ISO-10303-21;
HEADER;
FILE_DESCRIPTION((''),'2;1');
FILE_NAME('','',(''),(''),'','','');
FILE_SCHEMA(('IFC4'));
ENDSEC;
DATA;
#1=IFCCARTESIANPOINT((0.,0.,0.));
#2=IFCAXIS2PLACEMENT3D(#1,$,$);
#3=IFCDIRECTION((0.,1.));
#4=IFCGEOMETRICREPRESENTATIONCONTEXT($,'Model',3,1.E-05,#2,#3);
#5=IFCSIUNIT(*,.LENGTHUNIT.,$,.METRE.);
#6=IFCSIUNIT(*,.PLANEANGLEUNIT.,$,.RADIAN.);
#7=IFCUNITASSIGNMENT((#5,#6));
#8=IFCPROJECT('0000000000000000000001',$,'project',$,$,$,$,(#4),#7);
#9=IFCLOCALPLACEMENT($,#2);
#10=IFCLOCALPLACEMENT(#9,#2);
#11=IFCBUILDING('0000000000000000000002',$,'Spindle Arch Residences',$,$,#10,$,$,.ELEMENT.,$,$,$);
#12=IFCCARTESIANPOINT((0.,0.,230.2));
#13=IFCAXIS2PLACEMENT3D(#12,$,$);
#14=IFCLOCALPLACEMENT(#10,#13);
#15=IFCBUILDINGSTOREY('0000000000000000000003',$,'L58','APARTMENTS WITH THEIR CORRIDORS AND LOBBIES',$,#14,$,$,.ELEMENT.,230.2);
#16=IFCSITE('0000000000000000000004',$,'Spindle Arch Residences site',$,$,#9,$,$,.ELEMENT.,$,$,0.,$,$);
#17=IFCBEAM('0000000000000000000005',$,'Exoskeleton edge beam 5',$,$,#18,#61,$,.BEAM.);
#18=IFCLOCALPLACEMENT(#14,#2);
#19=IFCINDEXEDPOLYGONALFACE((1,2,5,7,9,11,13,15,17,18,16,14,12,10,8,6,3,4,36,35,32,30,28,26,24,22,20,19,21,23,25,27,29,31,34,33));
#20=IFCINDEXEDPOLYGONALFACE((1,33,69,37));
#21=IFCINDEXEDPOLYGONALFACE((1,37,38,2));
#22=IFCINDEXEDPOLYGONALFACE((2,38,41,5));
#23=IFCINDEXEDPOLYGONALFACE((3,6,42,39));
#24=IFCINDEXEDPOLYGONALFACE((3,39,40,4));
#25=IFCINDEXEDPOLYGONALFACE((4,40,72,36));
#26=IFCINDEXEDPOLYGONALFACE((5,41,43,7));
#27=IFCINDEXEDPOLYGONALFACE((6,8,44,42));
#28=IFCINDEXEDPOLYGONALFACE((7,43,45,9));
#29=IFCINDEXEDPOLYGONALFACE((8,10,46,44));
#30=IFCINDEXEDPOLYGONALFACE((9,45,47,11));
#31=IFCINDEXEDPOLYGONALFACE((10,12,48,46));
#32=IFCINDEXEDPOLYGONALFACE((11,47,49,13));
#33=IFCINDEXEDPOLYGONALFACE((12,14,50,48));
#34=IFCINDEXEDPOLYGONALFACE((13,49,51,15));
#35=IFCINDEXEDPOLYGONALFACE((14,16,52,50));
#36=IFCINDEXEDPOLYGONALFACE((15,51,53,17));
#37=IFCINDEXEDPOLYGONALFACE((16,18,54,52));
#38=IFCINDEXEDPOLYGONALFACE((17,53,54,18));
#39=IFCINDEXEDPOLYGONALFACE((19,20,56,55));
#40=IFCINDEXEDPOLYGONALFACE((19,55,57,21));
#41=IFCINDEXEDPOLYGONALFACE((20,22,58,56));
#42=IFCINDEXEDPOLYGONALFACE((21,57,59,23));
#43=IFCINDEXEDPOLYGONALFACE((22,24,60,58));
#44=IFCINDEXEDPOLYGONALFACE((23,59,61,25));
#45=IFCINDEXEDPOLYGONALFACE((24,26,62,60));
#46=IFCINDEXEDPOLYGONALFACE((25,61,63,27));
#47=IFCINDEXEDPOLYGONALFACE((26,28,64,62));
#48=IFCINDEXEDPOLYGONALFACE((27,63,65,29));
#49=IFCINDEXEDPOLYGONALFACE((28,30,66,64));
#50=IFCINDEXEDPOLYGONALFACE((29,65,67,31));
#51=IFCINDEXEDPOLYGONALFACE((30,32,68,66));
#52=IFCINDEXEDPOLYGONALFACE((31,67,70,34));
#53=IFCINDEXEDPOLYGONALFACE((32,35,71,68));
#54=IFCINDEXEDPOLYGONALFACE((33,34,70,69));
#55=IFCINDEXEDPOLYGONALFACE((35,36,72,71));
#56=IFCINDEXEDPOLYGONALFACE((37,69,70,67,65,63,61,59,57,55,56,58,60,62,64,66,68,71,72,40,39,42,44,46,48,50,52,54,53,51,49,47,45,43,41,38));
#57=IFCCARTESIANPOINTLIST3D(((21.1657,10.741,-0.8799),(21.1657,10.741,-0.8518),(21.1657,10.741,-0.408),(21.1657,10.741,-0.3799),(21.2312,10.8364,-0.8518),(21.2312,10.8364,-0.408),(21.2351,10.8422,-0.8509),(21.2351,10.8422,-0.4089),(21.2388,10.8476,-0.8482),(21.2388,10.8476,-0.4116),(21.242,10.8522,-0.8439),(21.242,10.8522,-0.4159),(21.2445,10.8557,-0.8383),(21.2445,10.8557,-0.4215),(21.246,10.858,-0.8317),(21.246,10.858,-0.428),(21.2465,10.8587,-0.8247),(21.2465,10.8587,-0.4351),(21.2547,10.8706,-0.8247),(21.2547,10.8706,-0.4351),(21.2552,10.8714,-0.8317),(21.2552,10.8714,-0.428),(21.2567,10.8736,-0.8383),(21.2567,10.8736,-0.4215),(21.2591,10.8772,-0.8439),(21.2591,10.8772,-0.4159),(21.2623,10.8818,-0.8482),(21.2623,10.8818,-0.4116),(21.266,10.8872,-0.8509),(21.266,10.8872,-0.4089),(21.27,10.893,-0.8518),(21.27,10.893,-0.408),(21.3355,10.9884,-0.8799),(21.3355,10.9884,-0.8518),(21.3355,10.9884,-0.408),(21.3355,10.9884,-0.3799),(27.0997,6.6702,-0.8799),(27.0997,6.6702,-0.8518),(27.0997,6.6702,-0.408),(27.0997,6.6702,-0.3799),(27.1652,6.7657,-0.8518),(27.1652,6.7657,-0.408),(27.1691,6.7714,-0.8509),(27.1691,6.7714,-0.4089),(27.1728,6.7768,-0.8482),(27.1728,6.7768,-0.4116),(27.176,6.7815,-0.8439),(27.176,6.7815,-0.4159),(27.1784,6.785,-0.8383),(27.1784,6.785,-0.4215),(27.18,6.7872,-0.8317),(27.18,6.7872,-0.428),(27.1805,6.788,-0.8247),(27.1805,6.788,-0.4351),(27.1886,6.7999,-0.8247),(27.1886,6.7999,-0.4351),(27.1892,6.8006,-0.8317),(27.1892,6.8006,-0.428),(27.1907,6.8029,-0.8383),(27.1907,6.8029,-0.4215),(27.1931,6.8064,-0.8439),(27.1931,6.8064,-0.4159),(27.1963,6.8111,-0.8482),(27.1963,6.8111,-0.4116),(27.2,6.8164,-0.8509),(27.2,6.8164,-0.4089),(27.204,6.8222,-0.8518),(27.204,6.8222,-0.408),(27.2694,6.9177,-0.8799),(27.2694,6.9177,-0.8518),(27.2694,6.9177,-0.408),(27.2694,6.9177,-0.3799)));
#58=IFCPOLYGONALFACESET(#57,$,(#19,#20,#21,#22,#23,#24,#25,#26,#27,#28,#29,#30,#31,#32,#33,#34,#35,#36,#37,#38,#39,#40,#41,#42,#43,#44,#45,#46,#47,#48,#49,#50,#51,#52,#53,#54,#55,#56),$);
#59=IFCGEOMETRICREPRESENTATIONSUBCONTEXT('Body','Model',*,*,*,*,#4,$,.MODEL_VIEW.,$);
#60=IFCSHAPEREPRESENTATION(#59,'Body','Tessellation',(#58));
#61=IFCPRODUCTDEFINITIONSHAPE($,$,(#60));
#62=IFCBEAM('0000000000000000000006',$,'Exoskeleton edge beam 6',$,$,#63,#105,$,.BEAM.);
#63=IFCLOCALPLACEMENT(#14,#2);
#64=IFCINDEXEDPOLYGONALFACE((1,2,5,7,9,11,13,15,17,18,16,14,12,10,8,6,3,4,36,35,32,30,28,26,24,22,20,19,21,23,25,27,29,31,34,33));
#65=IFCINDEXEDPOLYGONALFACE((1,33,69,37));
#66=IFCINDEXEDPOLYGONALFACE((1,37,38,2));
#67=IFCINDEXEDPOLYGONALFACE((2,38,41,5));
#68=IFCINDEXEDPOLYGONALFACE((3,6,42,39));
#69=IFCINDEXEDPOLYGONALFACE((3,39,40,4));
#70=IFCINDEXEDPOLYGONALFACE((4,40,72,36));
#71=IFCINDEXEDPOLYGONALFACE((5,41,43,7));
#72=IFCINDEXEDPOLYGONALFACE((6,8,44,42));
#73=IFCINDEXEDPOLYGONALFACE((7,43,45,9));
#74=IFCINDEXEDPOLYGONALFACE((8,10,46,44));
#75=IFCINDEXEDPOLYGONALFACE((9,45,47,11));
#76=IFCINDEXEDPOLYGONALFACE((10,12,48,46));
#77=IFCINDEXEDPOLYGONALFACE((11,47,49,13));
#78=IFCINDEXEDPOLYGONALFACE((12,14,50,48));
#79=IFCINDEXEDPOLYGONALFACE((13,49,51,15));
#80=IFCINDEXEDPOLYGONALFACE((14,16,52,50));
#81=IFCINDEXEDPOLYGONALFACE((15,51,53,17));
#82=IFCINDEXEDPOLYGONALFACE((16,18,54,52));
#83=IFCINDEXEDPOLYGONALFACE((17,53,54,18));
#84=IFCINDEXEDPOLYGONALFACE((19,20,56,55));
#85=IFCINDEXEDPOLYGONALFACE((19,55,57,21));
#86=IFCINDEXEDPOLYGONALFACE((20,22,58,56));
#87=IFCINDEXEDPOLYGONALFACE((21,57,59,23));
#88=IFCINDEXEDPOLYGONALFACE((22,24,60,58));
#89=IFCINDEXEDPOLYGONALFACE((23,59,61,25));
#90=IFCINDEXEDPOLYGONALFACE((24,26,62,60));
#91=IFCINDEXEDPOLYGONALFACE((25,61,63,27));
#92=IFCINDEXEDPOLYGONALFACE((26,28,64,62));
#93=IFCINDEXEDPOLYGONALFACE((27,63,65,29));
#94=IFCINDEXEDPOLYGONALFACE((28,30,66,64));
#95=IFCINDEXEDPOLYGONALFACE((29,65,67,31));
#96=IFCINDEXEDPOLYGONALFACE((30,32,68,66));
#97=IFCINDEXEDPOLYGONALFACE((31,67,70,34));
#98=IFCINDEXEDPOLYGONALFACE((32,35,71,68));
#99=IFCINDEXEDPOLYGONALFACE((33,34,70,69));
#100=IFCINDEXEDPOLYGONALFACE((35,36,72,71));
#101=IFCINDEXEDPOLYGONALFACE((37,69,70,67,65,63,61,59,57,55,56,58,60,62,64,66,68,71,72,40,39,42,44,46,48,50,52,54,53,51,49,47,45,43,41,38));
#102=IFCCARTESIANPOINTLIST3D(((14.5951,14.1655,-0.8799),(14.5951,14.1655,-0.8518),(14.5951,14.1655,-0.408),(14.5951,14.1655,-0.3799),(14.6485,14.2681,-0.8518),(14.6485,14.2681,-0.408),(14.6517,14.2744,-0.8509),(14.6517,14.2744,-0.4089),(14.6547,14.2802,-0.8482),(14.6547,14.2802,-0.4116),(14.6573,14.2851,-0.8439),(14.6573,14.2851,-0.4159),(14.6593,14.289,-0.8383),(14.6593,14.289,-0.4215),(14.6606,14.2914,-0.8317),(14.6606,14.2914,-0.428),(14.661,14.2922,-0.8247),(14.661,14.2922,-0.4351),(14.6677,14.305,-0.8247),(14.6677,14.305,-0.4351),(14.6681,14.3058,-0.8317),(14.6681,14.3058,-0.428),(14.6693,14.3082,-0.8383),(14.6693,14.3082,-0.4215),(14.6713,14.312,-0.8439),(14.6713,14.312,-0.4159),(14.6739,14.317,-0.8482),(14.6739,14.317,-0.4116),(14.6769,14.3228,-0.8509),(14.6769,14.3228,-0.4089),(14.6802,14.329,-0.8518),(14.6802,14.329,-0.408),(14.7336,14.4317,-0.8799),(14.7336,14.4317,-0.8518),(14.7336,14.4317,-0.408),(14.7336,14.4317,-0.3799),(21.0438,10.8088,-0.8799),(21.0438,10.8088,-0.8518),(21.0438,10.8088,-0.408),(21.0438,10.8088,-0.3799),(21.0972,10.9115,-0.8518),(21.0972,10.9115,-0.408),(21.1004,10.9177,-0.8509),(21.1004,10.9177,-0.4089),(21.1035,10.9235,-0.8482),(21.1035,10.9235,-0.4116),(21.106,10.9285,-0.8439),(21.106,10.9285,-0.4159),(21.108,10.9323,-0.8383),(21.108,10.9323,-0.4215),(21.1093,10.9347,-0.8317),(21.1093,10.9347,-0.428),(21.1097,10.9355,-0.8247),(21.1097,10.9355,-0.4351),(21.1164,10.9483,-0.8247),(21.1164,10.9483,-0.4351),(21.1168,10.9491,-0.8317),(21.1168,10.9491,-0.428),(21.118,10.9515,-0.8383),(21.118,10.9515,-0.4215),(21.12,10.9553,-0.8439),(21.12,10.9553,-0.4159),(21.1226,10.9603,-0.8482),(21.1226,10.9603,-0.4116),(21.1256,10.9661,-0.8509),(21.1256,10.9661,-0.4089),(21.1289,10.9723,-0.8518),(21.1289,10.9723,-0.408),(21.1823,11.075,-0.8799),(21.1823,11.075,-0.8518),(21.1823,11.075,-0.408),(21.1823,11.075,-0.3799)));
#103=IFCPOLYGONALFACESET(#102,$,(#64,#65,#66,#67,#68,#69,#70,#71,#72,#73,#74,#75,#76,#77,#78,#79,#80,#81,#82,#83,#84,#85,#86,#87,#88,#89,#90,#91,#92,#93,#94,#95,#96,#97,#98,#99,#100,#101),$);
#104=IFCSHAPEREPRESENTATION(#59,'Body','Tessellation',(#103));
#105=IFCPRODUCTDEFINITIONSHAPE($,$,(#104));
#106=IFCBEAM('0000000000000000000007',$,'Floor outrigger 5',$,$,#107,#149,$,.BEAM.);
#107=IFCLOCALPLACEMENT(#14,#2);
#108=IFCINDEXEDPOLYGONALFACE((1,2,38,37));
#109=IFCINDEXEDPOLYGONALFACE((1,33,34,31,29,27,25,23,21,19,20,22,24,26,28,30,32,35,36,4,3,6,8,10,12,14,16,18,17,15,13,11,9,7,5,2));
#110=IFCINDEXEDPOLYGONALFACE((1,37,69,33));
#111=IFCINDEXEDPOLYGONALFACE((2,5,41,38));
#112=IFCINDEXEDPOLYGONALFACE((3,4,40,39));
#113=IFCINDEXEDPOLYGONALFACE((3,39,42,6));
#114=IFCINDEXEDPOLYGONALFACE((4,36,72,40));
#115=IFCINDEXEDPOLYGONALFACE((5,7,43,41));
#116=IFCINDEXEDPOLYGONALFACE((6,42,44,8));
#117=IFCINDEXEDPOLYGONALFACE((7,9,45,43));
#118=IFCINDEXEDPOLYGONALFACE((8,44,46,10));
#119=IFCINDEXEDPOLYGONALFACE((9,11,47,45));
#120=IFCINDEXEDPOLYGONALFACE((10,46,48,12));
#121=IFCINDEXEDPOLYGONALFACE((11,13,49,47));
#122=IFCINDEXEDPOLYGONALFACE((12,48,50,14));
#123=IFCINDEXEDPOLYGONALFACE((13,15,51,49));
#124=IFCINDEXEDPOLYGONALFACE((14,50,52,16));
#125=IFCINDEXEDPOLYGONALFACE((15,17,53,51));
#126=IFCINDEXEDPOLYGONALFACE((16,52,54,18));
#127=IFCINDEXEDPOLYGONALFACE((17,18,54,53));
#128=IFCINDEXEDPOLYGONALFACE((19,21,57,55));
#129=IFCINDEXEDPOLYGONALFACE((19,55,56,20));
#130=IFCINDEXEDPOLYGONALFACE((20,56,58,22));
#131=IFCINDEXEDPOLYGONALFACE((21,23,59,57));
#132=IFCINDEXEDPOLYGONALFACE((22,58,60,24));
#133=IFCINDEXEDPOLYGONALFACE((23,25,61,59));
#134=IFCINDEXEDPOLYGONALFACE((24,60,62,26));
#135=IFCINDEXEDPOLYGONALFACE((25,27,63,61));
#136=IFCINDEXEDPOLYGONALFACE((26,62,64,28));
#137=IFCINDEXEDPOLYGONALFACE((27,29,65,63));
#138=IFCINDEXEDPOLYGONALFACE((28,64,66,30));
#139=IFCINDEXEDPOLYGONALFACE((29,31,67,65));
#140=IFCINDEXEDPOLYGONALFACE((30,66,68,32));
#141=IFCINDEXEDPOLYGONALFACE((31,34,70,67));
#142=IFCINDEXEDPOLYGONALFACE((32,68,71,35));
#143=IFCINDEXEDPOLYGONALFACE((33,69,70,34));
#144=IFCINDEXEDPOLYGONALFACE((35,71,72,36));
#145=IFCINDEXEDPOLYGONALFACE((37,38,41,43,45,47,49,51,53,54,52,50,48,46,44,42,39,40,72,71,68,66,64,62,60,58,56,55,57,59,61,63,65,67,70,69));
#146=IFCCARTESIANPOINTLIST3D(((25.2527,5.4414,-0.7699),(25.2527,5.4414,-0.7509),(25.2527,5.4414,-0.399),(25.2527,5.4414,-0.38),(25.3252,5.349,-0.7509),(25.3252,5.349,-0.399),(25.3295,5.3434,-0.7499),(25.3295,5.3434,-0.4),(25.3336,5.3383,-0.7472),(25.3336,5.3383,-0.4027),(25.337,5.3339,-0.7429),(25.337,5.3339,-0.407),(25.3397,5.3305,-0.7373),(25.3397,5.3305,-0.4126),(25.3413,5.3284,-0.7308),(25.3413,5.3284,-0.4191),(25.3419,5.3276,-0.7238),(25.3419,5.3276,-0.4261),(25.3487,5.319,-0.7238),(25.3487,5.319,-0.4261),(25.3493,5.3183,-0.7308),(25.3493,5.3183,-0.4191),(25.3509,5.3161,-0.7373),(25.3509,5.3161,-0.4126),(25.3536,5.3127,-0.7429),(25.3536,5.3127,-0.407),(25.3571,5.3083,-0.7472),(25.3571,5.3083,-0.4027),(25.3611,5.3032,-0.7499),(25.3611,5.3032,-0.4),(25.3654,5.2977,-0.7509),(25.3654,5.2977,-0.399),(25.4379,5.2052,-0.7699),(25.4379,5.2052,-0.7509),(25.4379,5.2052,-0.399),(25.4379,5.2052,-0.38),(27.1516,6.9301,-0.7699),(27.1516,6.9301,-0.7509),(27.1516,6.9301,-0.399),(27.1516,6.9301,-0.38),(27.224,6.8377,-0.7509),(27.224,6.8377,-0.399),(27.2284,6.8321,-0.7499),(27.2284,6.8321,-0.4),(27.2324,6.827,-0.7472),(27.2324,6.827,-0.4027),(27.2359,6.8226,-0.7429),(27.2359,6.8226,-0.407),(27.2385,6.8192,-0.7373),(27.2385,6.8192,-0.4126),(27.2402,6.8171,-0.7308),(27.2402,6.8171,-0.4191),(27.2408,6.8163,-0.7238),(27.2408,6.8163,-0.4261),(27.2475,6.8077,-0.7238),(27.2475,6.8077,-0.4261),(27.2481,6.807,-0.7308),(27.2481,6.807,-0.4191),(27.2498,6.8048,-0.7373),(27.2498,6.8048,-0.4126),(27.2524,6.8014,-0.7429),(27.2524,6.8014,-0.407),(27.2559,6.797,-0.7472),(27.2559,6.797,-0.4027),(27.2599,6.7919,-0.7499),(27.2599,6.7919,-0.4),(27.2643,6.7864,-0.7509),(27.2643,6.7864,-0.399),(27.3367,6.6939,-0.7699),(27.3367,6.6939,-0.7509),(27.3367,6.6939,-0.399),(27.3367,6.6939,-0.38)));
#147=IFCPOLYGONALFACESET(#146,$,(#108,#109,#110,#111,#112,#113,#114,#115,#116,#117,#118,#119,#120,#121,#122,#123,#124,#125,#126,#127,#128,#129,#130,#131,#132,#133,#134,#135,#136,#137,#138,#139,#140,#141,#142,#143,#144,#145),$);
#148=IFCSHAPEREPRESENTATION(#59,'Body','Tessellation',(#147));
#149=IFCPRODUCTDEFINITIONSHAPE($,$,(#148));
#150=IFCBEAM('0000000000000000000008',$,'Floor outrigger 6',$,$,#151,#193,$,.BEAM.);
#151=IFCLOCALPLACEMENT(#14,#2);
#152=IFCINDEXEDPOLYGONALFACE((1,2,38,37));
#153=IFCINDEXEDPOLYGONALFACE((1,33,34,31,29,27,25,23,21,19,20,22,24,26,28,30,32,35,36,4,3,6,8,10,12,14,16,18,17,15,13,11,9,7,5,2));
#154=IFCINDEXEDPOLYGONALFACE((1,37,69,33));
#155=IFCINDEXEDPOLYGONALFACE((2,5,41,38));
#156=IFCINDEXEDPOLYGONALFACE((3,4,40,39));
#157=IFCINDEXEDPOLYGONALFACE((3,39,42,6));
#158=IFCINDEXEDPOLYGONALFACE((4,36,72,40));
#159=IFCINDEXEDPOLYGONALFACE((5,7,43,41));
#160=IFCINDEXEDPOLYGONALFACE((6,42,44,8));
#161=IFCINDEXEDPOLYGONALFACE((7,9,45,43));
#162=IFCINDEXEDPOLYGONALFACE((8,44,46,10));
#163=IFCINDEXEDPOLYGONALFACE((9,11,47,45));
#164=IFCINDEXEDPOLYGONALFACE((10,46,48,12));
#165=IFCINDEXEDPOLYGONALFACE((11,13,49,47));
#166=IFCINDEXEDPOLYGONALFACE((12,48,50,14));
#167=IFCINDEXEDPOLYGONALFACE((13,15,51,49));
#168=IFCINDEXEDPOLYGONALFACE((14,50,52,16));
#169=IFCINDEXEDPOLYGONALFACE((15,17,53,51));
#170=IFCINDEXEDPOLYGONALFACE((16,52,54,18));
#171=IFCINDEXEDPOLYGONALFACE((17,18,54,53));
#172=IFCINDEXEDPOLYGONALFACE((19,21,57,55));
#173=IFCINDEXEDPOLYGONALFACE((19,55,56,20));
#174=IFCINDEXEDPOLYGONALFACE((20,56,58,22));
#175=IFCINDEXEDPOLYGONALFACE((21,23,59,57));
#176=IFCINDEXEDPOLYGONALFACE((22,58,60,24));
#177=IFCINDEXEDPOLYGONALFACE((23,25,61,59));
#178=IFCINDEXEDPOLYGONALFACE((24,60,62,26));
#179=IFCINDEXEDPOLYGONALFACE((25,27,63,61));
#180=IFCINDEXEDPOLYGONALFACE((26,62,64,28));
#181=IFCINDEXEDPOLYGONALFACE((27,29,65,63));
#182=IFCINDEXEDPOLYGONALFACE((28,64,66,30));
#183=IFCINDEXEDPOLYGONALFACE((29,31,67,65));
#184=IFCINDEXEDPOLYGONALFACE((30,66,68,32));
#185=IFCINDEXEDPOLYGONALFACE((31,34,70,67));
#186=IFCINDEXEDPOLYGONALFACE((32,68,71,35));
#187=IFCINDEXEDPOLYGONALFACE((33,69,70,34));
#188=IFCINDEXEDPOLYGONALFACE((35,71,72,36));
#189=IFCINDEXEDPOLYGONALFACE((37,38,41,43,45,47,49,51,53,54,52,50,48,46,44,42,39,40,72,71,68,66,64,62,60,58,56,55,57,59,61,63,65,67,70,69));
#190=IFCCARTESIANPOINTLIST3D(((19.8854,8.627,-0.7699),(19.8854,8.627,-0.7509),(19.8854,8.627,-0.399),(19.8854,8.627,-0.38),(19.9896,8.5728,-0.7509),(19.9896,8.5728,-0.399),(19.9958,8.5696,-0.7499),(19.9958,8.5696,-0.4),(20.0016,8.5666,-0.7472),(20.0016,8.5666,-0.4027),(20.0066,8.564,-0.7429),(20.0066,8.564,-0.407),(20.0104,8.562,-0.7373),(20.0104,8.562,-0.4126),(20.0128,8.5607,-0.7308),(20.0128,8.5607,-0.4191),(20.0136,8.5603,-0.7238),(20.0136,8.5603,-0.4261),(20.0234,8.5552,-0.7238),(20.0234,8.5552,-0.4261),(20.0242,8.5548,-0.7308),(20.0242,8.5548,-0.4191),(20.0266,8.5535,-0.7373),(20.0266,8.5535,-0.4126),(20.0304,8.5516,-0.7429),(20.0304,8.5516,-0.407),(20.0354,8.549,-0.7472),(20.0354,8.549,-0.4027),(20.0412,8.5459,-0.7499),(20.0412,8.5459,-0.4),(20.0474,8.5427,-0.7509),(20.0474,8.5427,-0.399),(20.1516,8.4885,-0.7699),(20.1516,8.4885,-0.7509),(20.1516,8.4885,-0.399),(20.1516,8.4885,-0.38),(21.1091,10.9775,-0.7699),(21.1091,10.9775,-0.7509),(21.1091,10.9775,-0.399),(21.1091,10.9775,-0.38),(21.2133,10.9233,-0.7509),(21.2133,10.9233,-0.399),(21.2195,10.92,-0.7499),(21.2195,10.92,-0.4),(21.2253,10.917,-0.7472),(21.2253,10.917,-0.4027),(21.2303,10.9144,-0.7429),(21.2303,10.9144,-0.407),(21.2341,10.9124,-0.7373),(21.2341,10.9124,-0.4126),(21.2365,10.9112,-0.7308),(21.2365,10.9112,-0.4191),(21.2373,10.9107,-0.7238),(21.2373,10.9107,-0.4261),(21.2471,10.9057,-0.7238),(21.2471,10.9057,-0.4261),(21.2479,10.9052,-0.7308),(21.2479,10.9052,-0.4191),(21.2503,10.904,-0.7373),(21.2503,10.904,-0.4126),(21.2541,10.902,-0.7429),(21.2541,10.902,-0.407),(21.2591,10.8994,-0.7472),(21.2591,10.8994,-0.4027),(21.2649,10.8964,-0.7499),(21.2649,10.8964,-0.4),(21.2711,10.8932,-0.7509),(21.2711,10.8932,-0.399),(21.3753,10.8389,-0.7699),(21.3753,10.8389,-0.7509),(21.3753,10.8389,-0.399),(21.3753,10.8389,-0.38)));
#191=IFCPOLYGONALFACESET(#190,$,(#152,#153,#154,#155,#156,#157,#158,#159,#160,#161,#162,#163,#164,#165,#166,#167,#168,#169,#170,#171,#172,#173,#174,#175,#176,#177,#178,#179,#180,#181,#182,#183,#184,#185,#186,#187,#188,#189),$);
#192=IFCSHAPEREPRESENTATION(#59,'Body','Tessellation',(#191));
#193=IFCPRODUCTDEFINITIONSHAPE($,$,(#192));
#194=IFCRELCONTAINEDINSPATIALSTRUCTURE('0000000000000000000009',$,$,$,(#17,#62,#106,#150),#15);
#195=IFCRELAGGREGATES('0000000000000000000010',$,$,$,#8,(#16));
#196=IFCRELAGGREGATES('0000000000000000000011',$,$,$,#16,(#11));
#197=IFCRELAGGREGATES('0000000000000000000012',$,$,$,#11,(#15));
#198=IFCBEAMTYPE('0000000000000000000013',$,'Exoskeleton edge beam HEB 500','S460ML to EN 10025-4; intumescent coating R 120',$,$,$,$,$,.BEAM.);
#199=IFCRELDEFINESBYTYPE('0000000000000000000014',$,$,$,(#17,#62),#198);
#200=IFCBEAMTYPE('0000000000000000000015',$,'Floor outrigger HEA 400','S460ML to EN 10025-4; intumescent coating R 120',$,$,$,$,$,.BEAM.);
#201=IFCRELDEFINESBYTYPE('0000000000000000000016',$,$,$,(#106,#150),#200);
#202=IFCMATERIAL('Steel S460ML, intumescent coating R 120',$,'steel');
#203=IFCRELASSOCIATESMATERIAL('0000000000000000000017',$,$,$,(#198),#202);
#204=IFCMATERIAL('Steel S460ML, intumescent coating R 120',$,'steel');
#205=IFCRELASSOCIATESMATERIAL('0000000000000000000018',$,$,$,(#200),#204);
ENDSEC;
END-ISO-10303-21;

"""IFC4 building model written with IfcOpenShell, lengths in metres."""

from ifc_helpers import new_model, si_unit, direction, frame, origin, origin_2d, place, context, subcontext, project, spatial, i_section, extrude, material, material_profile, profile_set, type_object, element, save


model = new_model("IFC4")

# Units and contexts
model_context = context("Model", 3, precision=1e-05, world=origin(), true_north=direction((0.0, 1.0)))
body_context = subcontext(model_context, "Body", "Model", "MODEL_VIEW")
ifc_project = project(units=[si_unit("LENGTHUNIT", "METRE"), si_unit("PLANEANGLEUNIT", "RADIAN")], contexts=[model_context])

# Site, building, storey
site_placement = place(None, origin())
site = spatial("IfcSite", under=ifc_project, at=site_placement, Name="Spindle Arch Residences site", CompositionType="ELEMENT", RefElevation=0.0)
building_placement = place(site_placement, origin())
building = spatial("IfcBuilding", under=site, at=building_placement, Name="Spindle Arch Residences", CompositionType="ELEMENT")
storey_placement = place(building_placement, frame((0.0, 0.0, 230.2)))
storey = spatial("IfcBuildingStorey", under=building, at=storey_placement, Name="L58", Description="APARTMENTS WITH THEIR CORRIDORS AND LOBBIES", CompositionType="ELEMENT", Elevation=230.2)

# Beams
ifc_material_1 = material(Name="Steel S460ML, intumescent coating R 120", Category="steel")
ifc_material_profile_1 = material_profile(ifc_material_1, i_section(OverallWidth=0.3, OverallDepth=0.5, WebThickness=0.0144, FlangeThickness=0.0281, FilletRadius=0.0271, at=origin_2d()), Name="HEB 500")
ifc_profile_set_1 = profile_set([ifc_material_profile_1], Name="Steel S460ML, intumescent coating R 120")
beam_type_1 = type_object("IfcBeamType", Name="Exoskeleton edge beam HEB 500", Description="S460ML to EN 10025-4; intumescent coating R 120", PredefinedType="BEAM", material=ifc_profile_set_1)
beam_1_placement = place(storey_placement, frame((27.1846, 6.7939, -0.6299), z_axis=(-0.824618, 0.565691, 0.0), x_axis=(-0.565691, -0.824618, 0.0)))
element("IfcBeam", 1, at=beam_1_placement, inside=storey, type_object=beam_type_1, Name="Exoskeleton edge beam 5", PredefinedType="BEAM", context=body_context, shape_type="SweptSolid", body=[
    extrude(i_section(OverallWidth=0.3, OverallDepth=0.5, WebThickness=0.0144, FlangeThickness=0.0281, FilletRadius=0.0271, at=origin_2d()), origin(), (0.0, 0.0, 1.0), 7.196),
])
beam_2_placement = place(storey_placement, frame((21.113, 10.9419, -0.6299), z_axis=(-0.887028, 0.461715, 0.0), x_axis=(-0.461715, -0.887028, 0.0)))
element("IfcBeam", 2, at=beam_2_placement, inside=storey, type_object=beam_type_1, Name="Exoskeleton edge beam 6", PredefinedType="BEAM", context=body_context, shape_type="SweptSolid", body=[
    extrude(i_section(OverallWidth=0.3, OverallDepth=0.5, WebThickness=0.0144, FlangeThickness=0.0281, FilletRadius=0.0271, at=origin_2d()), origin(), (0.0, 0.0, 1.0), 7.27),
])
ifc_material_2 = material(Name="Steel S460ML, intumescent coating R 120", Category="steel")
ifc_material_profile_2 = material_profile(ifc_material_2, i_section(OverallWidth=0.3, OverallDepth=0.3899, WebThickness=0.011, FlangeThickness=0.019, FilletRadius=0.0271, at=origin_2d()), Name="HEA 400")
ifc_profile_set_2 = profile_set([ifc_material_profile_2], Name="Steel S460ML, intumescent coating R 120")
beam_type_2 = type_object("IfcBeamType", Name="Floor outrigger HEA 400", Description="S460ML to EN 10025-4; intumescent coating R 120", PredefinedType="BEAM", material=ifc_profile_set_2)
beam_3_placement = place(storey_placement, frame((27.2441, 6.812, -0.575), z_axis=(-0.786971, -0.61699, 0.0), x_axis=(0.61699, -0.786971, 0.0)))
element("IfcBeam", 3, at=beam_3_placement, inside=storey, type_object=beam_type_2, Name="Floor outrigger 5", PredefinedType="BEAM", context=body_context, shape_type="SweptSolid", body=[
    extrude(i_section(OverallWidth=0.3, OverallDepth=0.3899, WebThickness=0.011, FlangeThickness=0.019, FilletRadius=0.0271, at=origin_2d()), origin(), (0.0, 0.0, 1.0), 2.4128),
])
beam_4_placement = place(storey_placement, frame((21.2422, 10.9082, -0.575), z_axis=(-0.461785, -0.886992, 0.0), x_axis=(0.886992, -0.461785, 0.0)))
element("IfcBeam", 4, at=beam_4_placement, inside=storey, type_object=beam_type_2, Name="Floor outrigger 6", PredefinedType="BEAM", context=body_context, shape_type="SweptSolid", body=[
    extrude(i_section(OverallWidth=0.3, OverallDepth=0.3899, WebThickness=0.011, FlangeThickness=0.019, FilletRadius=0.0271, at=origin_2d()), origin(), (0.0, 0.0, 1.0), 2.6499),
])

save(model, "model.ifc")
